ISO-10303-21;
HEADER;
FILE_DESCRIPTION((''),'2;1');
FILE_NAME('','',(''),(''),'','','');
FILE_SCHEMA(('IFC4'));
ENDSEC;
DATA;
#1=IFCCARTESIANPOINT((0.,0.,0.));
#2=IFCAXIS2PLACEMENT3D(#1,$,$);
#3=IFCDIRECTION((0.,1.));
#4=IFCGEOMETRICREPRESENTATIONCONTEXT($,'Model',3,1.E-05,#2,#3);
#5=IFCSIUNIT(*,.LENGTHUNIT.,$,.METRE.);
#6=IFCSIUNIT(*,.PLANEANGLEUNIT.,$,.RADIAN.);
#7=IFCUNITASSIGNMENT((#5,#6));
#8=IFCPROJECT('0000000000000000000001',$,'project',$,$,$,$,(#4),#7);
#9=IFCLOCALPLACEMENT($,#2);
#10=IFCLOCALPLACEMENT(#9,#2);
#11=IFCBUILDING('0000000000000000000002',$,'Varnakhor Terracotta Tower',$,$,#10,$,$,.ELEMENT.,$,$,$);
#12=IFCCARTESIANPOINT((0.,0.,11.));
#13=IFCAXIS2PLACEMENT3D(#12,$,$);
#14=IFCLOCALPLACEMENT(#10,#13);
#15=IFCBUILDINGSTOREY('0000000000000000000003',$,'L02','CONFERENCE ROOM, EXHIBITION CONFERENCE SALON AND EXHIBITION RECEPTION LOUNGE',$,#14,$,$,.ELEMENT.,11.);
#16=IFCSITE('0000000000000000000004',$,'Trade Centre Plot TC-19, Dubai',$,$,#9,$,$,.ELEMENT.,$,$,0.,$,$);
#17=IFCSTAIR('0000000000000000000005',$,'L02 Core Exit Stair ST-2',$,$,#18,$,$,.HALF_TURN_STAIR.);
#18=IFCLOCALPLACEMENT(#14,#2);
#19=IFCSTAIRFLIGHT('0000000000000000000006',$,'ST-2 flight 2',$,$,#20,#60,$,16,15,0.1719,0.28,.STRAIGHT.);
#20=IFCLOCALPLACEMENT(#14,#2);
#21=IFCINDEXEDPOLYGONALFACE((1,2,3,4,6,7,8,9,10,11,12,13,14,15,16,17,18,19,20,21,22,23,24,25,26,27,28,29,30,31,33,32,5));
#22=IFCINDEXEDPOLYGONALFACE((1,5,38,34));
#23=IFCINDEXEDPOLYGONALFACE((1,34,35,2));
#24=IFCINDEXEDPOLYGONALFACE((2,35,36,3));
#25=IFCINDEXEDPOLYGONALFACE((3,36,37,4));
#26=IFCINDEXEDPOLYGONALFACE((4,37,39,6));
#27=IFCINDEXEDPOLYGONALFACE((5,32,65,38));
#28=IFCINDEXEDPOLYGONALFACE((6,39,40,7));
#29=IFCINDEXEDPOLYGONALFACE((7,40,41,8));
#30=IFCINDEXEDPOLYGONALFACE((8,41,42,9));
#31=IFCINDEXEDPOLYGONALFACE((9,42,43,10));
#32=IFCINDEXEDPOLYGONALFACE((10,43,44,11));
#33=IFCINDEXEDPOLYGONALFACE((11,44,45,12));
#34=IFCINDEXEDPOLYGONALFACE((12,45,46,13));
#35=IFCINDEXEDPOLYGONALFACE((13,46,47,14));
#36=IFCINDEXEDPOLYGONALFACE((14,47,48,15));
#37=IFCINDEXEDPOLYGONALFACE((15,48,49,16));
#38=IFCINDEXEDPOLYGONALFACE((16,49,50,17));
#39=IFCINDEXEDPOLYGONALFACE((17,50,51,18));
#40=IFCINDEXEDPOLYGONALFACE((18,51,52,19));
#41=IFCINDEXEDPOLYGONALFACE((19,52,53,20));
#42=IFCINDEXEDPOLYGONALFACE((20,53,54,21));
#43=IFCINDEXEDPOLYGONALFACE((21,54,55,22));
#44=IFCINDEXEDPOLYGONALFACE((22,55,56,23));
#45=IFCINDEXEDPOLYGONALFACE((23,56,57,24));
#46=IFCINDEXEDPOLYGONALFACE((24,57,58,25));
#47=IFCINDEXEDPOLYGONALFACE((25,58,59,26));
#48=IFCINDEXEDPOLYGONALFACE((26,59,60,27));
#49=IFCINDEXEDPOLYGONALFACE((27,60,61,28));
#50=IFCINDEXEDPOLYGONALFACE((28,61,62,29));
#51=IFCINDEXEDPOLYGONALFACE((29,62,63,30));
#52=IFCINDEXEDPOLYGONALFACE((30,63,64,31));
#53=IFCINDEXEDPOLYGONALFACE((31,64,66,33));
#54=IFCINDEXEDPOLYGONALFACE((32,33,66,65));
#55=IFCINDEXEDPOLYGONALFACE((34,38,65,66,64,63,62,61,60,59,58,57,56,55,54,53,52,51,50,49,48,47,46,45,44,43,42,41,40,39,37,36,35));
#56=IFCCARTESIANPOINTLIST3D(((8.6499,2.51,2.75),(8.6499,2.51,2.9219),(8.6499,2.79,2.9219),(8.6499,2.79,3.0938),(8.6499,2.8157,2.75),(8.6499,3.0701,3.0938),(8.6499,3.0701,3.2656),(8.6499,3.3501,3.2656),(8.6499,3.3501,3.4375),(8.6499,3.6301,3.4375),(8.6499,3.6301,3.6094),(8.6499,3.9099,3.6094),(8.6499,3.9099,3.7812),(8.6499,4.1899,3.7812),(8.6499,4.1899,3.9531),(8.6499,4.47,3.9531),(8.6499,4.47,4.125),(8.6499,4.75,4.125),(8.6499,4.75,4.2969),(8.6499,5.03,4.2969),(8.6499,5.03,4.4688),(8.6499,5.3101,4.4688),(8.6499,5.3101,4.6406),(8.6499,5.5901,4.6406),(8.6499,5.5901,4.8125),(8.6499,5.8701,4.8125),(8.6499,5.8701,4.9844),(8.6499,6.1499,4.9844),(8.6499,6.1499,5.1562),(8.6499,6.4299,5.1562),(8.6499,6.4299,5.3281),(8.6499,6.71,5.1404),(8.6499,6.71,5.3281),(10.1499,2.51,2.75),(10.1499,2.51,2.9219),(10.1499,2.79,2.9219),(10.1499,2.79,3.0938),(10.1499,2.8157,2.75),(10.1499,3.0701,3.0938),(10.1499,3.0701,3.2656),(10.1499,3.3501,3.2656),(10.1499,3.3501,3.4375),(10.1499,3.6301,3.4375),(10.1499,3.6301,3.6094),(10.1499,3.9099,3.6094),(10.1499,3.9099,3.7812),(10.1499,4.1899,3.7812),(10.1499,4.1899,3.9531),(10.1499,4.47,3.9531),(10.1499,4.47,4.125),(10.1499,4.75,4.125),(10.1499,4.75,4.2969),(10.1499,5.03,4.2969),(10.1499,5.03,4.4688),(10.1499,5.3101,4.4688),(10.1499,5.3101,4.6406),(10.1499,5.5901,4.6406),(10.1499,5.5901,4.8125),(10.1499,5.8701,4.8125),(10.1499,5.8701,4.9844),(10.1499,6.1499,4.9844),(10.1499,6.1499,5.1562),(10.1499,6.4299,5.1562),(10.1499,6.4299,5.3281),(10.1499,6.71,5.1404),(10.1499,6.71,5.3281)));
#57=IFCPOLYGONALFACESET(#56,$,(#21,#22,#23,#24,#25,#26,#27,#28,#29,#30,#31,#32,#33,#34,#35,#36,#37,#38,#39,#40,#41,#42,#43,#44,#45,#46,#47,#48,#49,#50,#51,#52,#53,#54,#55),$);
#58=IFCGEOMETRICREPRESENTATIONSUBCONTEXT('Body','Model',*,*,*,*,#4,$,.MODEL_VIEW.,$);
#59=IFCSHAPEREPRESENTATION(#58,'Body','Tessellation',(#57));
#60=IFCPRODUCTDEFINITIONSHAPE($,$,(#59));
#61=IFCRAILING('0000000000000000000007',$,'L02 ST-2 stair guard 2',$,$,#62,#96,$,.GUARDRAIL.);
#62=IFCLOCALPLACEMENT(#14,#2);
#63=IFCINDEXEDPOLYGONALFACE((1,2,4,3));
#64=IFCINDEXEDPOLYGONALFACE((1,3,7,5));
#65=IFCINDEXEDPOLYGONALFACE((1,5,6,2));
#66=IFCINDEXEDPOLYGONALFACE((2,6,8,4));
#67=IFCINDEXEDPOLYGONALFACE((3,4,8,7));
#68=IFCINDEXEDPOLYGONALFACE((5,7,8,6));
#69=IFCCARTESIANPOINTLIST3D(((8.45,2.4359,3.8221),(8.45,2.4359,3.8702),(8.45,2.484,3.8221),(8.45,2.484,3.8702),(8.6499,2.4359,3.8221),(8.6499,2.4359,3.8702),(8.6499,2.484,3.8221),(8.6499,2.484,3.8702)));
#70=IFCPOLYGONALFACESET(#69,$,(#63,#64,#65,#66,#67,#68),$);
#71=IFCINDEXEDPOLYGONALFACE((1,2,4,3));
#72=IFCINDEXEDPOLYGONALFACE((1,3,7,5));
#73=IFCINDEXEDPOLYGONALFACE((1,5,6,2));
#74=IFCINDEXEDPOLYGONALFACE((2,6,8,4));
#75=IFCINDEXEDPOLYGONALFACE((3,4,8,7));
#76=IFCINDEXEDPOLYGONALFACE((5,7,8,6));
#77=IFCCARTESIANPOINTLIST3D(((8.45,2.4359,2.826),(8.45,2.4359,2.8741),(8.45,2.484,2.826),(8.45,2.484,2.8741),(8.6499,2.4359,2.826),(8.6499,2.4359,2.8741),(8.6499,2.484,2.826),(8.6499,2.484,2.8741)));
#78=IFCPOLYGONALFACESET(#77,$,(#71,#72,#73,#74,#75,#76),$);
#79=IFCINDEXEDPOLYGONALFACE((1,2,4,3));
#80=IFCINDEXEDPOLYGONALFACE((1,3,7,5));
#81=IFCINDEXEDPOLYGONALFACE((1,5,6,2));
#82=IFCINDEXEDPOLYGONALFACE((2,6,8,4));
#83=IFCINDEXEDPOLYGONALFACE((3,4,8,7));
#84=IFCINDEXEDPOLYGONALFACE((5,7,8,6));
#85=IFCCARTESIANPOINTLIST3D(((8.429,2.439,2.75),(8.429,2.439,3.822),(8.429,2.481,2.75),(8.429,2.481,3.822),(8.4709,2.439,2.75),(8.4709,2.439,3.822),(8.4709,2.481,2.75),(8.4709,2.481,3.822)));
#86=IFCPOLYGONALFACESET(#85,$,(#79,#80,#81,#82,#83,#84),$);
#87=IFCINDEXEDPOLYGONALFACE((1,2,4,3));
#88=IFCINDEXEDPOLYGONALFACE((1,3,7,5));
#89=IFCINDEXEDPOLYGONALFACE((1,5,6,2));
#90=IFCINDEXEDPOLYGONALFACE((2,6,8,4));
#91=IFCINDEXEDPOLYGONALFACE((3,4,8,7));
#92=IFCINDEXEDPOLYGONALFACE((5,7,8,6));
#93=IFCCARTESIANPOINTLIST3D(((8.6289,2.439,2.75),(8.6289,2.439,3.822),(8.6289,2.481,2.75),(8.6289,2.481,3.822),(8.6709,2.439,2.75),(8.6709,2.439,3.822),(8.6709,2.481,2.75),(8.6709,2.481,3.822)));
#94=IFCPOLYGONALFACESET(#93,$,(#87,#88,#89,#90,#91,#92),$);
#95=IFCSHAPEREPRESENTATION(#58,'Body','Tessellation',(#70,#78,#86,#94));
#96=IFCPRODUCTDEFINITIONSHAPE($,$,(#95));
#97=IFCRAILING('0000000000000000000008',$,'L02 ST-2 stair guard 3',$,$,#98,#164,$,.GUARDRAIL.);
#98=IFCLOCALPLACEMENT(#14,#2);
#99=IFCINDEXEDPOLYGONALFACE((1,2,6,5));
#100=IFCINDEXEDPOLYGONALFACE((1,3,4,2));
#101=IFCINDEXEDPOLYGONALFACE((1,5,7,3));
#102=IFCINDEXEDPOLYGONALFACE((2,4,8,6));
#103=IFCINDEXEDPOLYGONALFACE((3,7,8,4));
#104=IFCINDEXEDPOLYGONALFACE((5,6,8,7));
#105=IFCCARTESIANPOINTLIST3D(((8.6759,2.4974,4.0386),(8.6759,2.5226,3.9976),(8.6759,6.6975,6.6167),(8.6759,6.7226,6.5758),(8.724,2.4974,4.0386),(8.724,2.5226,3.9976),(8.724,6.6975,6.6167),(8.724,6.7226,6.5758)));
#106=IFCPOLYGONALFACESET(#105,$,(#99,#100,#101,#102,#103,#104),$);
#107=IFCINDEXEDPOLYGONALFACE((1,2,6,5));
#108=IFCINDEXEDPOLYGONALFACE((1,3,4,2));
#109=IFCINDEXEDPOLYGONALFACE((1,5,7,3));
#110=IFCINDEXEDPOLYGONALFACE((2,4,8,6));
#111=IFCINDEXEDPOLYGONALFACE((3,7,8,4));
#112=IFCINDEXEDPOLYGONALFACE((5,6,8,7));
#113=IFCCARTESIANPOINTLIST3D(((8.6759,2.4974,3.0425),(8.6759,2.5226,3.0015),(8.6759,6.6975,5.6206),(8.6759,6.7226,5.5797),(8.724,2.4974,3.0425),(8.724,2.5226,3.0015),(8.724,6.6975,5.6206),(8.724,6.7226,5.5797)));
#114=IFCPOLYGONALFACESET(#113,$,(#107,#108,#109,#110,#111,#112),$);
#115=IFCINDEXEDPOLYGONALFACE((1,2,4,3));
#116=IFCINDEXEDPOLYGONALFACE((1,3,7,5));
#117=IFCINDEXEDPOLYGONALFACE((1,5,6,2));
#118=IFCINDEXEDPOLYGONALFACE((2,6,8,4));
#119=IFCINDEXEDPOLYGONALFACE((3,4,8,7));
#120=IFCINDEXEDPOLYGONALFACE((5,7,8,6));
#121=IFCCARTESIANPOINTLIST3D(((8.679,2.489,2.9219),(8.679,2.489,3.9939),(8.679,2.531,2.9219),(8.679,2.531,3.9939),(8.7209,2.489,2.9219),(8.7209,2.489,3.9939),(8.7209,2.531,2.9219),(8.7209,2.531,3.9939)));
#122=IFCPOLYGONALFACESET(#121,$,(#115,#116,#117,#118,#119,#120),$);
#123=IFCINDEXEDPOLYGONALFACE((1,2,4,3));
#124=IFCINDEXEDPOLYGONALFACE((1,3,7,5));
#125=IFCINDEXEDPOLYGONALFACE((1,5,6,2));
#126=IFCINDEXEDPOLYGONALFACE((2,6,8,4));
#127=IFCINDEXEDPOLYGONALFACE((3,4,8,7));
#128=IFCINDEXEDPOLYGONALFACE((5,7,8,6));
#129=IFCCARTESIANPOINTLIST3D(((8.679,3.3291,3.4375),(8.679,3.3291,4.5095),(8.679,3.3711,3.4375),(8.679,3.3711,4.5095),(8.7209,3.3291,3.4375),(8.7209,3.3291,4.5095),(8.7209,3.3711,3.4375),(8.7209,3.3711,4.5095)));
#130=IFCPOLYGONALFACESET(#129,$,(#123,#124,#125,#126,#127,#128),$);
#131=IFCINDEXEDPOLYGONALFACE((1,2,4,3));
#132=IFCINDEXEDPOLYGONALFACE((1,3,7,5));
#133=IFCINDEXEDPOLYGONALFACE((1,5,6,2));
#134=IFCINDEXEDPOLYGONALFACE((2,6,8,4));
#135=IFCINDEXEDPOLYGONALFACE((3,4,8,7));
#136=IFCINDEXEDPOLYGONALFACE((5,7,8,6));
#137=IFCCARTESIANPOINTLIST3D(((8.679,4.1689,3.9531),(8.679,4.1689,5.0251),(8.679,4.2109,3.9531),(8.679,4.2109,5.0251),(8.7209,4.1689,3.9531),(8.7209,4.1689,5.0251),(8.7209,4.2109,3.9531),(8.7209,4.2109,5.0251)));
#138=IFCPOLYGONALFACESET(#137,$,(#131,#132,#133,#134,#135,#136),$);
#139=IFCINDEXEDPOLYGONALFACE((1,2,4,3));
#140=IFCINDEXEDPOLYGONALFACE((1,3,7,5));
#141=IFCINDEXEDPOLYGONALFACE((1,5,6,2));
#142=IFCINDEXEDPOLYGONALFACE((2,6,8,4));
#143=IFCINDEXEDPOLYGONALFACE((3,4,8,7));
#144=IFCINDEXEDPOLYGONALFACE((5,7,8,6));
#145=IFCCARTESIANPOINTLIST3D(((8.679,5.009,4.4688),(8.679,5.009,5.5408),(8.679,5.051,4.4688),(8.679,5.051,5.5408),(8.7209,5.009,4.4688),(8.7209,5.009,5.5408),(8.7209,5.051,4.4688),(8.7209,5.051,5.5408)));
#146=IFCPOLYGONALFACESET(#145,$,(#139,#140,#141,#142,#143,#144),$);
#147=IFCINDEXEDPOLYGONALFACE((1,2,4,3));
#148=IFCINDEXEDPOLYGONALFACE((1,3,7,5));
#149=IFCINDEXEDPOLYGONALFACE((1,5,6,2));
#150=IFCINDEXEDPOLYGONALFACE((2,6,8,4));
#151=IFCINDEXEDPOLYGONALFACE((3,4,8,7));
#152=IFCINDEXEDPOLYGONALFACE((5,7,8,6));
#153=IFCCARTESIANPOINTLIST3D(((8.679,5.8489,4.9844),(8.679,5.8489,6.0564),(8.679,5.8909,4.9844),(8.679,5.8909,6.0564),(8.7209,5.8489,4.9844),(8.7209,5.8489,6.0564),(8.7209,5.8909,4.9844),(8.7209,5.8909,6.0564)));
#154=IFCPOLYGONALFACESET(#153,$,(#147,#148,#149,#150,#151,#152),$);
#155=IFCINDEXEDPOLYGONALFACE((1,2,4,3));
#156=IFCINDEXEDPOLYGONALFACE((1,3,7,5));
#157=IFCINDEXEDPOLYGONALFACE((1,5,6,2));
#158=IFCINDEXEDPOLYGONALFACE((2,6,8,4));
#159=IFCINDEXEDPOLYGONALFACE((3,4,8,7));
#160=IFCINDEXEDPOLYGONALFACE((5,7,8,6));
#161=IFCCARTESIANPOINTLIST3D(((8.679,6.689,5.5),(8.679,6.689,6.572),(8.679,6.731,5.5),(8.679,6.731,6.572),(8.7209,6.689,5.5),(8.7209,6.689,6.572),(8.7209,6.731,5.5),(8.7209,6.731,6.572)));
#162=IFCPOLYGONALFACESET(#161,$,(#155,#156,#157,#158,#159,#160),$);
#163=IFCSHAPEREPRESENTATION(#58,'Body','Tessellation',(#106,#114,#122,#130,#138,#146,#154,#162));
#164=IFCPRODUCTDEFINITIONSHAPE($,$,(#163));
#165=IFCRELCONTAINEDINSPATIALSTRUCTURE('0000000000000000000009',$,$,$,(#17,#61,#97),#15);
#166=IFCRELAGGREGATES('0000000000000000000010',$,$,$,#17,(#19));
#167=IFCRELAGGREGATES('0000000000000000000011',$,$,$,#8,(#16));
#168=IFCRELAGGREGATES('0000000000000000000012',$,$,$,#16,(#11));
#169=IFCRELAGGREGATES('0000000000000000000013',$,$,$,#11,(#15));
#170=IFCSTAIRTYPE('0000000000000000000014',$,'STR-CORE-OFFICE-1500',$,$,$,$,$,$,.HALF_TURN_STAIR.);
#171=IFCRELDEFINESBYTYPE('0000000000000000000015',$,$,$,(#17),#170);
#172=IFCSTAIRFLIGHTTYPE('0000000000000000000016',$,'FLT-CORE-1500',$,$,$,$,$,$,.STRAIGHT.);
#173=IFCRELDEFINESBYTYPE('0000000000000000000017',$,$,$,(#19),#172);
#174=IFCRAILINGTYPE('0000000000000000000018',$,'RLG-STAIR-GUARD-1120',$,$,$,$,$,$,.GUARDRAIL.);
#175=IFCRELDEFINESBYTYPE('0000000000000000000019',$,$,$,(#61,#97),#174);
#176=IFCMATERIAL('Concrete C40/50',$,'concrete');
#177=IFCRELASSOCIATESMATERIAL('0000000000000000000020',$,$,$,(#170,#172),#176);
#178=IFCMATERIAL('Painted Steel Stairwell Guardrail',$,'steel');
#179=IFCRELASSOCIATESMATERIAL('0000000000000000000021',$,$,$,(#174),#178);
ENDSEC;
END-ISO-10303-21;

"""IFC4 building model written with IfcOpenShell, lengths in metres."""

from ifc_helpers import new_model, si_unit, direction, frame, origin, origin_2d, place, context, subcontext, project, spatial, polyline, rectangle, outline, extrude, material, type_object, element, aggregate, save


model = new_model("IFC4")

# Units and contexts
model_context = context("Model", 3, precision=1e-05, world=origin(), true_north=direction((0.0, 1.0)))
body_context = subcontext(model_context, "Body", "Model", "MODEL_VIEW")
ifc_project = project(units=[si_unit("LENGTHUNIT", "METRE"), si_unit("PLANEANGLEUNIT", "RADIAN")], contexts=[model_context])

# Site, building, storey
site_placement = place(None, origin())
site = spatial("IfcSite", under=ifc_project, at=site_placement, Name="Trade Centre Plot TC-19, Dubai", CompositionType="ELEMENT", RefElevation=0.0)
building_placement = place(site_placement, origin())
building = spatial("IfcBuilding", under=site, at=building_placement, Name="Varnakhor Terracotta Tower", CompositionType="ELEMENT")
storey_placement = place(building_placement, frame((0.0, 0.0, 11.0)))
storey = spatial("IfcBuildingStorey", under=building, at=storey_placement, Name="L02", Description="CONFERENCE ROOM, EXHIBITION CONFERENCE SALON AND EXHIBITION RECEPTION LOUNGE", CompositionType="ELEMENT", Elevation=11.0)

# Shared definitions
ifc_material_1 = material(Name="Concrete C40/50", Category="concrete")

# Stair
stair_type_1 = type_object("IfcStairType", Name="STR-CORE-OFFICE-1500", PredefinedType="HALF_TURN_STAIR", material=ifc_material_1)
stair_1_placement = place(storey_placement, origin())
stair_1 = element("IfcStair", 1, at=stair_1_placement, inside=storey, type_object=stair_type_1, Name="L02 Core Exit Stair ST-2", PredefinedType="HALF_TURN_STAIR")

# Stair flight
stair_flight_type = type_object("IfcStairFlightType", Name="FLT-CORE-1500", PredefinedType="STRAIGHT", material=ifc_material_1)
stair_flight_placement = place(storey_placement, frame((9.3999, 2.51, 2.75), z_axis=(0.0, 0.0, 1.0), x_axis=(0.0, 1.0, 0.0)))
stair_flight = element("IfcStairFlight", 2, at=stair_flight_placement, type_object=stair_flight_type, Name="ST-2 flight 2", NumberOfRisers=16, NumberOfTreads=15, PredefinedType="STRAIGHT", RiserHeight=0.1719, TreadLength=0.28, context=body_context, shape_type="SweptSolid", body=[
    extrude(outline(polyline([(0.0, 0.0), (0.0, 0.1719), (0.28, 0.1719), (0.28, 0.3438), (0.5601, 0.3438), (0.5601, 0.5156), (0.8401, 0.5156), (0.8401, 0.6875), (1.1201, 0.6875), (1.1201, 0.8594), (1.3999, 0.8594), (1.3999, 1.0312), (1.6799, 1.0312), (1.6799, 1.2031), (1.96, 1.2031), (1.96, 1.375), (2.24, 1.375), (2.24, 1.5469), (2.52, 1.5469), (2.52, 1.7188), (2.8, 1.7188), (2.8, 1.8906), (3.0801, 1.8906), (3.0801, 2.0625), (3.3601, 2.0625), (3.3601, 2.2344), (3.6399, 2.2344), (3.6399, 2.4062), (3.9199, 2.4062), (3.9199, 2.5781), (4.2, 2.5781), (4.2, 2.75), (4.2, 2.3904), (0.3057, 0.0), (0.0, 0.0)])), frame((0.0, 0.75, 0.0), z_axis=(0.0, -1.0, 0.0), x_axis=(1.0, 0.0, 0.0)), (0.0, 0.0, 1.0), 1.5),
])
aggregate(stair_1, [stair_flight])

# Railings
ifc_material_2 = material(Name="Painted Steel Stairwell Guardrail", Category="steel")
railing_type = type_object("IfcRailingType", Name="RLG-STAIR-GUARD-1120", PredefinedType="GUARDRAIL", material=ifc_material_2)
railing_1_placement = place(storey_placement, frame((8.45, 2.46, 2.75)))
element("IfcRailing", 3, at=railing_1_placement, inside=storey, type_object=railing_type, Name="L02 ST-2 stair guard 2", PredefinedType="GUARDRAIL", context=body_context, shape_type="SweptSolid", body=[
    extrude(rectangle(XDim=0.0481, YDim=0.0481, at=origin_2d()), frame((0.0, 0.0, 1.0962), z_axis=(1.0, 0.0, 0.0), x_axis=(0.0, 1.0, 0.0)), (0.0, 0.0, 1.0), 0.2),
    extrude(rectangle(XDim=0.0481, YDim=0.0481, at=origin_2d()), frame((0.0, 0.0, 0.1001), z_axis=(1.0, 0.0, 0.0), x_axis=(0.0, 1.0, 0.0)), (0.0, 0.0, 1.0), 0.2),
    extrude(rectangle(XDim=0.042, YDim=0.042, at=origin_2d()), origin(), (0.0, 0.0, 1.0), 1.072),
    extrude(rectangle(XDim=0.042, YDim=0.042, at=origin_2d()), frame((0.2, 0.0, 0.0)), (0.0, 0.0, 1.0), 1.072),
])
railing_2_placement = place(storey_placement, frame((8.7, 2.51, 2.9219)))
element("IfcRailing", 4, at=railing_2_placement, inside=storey, type_object=railing_type, Name="L02 ST-2 stair guard 3", PredefinedType="GUARDRAIL", context=body_context, shape_type="SweptSolid", body=[
    extrude(rectangle(XDim=0.0481, YDim=0.0481, at=origin_2d()), frame((0.0, 0.0, 1.0962), z_axis=(0.0, 0.852243, 0.523146), x_axis=(-1.0, 0.0, 0.0)), (0.0, 0.0, 1.0), 4.9282),
    extrude(rectangle(XDim=0.0481, YDim=0.0481, at=origin_2d()), frame((0.0, 0.0, 0.1001), z_axis=(0.0, 0.852243, 0.523146), x_axis=(-1.0, 0.0, 0.0)), (0.0, 0.0, 1.0), 4.9282),
    extrude(rectangle(XDim=0.042, YDim=0.042, at=origin_2d()), origin(), (0.0, 0.0, 1.0), 1.072),
    extrude(rectangle(XDim=0.042, YDim=0.042, at=origin_2d()), frame((0.0, 0.8401, 0.5156)), (0.0, 0.0, 1.0), 1.072),
    extrude(rectangle(XDim=0.042, YDim=0.042, at=origin_2d()), frame((0.0, 1.6799, 1.0312)), (0.0, 0.0, 1.0), 1.072),
    extrude(rectangle(XDim=0.042, YDim=0.042, at=origin_2d()), frame((0.0, 2.52, 1.5469)), (0.0, 0.0, 1.0), 1.072),
    extrude(rectangle(XDim=0.042, YDim=0.042, at=origin_2d()), frame((0.0, 3.3599, 2.0625)), (0.0, 0.0, 1.0), 1.072),
    extrude(rectangle(XDim=0.042, YDim=0.042, at=origin_2d()), frame((0.0, 4.2, 2.5781)), (0.0, 0.0, 1.0), 1.072),
])

save(model, "model.ifc")
